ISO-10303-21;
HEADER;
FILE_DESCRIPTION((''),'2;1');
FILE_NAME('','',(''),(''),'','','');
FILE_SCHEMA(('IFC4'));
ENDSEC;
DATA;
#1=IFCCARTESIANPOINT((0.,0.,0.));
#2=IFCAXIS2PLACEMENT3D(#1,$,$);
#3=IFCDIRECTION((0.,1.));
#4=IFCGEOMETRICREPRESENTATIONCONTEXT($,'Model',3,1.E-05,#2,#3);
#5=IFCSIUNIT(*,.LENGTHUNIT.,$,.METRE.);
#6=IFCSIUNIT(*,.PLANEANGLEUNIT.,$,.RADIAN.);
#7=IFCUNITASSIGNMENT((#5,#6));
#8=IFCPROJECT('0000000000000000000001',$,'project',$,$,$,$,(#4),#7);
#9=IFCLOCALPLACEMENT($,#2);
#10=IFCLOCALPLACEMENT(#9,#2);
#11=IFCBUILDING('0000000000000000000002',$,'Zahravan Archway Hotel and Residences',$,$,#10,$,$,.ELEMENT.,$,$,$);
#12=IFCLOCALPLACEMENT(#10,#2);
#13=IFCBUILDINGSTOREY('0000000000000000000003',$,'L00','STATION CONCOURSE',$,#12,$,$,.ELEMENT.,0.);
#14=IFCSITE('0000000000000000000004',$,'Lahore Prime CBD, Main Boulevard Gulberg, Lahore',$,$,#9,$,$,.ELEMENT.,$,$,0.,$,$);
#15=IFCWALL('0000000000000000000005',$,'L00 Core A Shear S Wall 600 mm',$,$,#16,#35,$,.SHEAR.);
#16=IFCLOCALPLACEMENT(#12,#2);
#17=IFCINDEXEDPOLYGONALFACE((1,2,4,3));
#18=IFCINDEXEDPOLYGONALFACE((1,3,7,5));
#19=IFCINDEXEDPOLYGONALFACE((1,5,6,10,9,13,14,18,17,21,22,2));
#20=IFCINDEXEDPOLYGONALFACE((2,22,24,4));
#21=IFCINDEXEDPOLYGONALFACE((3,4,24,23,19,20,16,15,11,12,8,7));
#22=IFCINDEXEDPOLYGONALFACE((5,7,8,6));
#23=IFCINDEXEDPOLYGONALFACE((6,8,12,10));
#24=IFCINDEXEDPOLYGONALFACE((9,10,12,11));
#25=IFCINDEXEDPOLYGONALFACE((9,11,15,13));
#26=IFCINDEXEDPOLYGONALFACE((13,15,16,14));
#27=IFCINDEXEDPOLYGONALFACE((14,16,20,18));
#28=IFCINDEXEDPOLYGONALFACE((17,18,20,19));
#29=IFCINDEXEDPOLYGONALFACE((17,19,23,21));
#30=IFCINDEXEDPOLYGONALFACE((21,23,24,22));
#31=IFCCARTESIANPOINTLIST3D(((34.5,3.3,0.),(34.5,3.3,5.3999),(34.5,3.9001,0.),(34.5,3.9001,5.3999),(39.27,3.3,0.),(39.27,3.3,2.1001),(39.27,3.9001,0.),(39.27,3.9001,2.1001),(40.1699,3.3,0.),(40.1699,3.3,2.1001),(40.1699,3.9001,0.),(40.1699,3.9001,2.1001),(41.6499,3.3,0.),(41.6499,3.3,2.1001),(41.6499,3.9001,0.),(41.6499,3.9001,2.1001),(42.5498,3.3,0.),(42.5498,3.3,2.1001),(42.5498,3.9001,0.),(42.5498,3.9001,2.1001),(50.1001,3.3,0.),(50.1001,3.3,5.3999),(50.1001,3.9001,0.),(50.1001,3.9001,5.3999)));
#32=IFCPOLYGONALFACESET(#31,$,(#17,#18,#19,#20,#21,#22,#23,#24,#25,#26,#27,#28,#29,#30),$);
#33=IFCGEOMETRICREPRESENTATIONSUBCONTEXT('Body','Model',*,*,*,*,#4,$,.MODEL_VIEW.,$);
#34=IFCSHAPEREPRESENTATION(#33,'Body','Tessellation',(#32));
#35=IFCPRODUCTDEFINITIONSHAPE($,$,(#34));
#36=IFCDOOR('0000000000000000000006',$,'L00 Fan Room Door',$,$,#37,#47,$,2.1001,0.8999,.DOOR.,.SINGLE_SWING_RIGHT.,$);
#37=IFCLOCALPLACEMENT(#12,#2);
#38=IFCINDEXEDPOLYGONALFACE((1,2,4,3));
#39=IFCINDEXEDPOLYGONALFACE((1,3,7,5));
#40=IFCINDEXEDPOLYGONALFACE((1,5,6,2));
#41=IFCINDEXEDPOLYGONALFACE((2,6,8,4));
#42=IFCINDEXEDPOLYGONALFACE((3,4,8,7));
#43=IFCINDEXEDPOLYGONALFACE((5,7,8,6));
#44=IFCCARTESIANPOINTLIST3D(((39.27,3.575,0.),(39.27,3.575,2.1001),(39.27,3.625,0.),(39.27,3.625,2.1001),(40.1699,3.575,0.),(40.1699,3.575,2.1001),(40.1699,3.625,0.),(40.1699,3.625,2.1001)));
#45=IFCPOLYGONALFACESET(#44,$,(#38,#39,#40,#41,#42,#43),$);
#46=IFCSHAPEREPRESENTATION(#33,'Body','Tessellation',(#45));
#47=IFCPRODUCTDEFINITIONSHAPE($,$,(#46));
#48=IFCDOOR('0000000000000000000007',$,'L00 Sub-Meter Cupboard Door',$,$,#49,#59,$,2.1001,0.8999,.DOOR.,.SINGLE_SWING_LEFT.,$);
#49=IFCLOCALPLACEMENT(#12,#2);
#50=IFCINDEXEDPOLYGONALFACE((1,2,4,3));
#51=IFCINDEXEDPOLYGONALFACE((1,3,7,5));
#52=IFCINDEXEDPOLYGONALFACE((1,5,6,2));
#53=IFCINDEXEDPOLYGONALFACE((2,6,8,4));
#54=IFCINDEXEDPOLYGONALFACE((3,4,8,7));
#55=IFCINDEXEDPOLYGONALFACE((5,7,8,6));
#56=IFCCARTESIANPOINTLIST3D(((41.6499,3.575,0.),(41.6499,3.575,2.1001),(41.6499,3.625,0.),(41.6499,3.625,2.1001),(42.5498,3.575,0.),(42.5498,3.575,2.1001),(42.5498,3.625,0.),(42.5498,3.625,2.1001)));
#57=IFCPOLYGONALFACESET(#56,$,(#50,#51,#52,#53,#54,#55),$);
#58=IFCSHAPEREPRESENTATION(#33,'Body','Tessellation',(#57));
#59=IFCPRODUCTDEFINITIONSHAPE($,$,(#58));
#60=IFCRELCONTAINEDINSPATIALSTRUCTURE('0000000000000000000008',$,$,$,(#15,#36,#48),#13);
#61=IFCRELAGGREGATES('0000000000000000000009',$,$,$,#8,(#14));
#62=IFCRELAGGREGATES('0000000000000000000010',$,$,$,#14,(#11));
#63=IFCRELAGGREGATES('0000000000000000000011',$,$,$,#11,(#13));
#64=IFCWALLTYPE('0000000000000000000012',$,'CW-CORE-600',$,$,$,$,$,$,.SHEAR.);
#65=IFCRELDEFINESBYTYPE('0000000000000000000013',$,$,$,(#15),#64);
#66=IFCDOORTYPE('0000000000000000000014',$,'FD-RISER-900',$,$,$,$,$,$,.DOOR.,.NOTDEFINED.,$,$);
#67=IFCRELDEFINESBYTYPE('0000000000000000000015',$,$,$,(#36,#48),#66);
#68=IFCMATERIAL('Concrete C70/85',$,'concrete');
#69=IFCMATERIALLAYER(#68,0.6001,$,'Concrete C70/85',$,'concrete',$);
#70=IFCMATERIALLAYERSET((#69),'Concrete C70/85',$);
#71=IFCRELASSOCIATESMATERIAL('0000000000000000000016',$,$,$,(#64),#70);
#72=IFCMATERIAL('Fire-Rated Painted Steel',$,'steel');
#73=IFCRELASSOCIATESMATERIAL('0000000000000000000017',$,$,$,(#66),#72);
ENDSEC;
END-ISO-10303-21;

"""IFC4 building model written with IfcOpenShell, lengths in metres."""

from ifc_helpers import new_model, si_unit, direction, frame, frame_2d, origin, place, context, subcontext, project, spatial, rectangle, extrude, source, transform, mapped, material, layer, layer_set, type_object, type_shapes, element, fill, save


model = new_model("IFC4")

# Units and contexts
model_context = context("Model", 3, precision=1e-05, world=origin(), true_north=direction((0.0, 1.0)))
body_context = subcontext(model_context, "Body", "Model", "MODEL_VIEW")
ifc_project = project(units=[si_unit("LENGTHUNIT", "METRE"), si_unit("PLANEANGLEUNIT", "RADIAN")], contexts=[model_context])

# Site, building, storey
site_placement = place(None, origin())
site = spatial("IfcSite", under=ifc_project, at=site_placement, Name="Lahore Prime CBD, Main Boulevard Gulberg, Lahore", CompositionType="ELEMENT", RefElevation=0.0)
building_placement = place(site_placement, origin())
building = spatial("IfcBuilding", under=site, at=building_placement, Name="Zahravan Archway Hotel and Residences", CompositionType="ELEMENT")
storey_placement = place(building_placement, origin())
storey = spatial("IfcBuildingStorey", under=building, at=storey_placement, Name="L00", Description="STATION CONCOURSE", CompositionType="ELEMENT", Elevation=0.0)

# Shared definitions
ifc_material_1 = material(Name="Concrete C70/85", Category="concrete")

# Wall, openings, doors
ifc_layer_1 = layer(ifc_material_1, 0.6001, Name="Concrete C70/85", Category="concrete")
ifc_layer_set_1 = layer_set([ifc_layer_1], Name="Concrete C70/85")
wall_type_1 = type_object("IfcWallType", Name="CW-CORE-600", PredefinedType="SHEAR", material=ifc_layer_set_1)
wall_1_placement = place(storey_placement, frame((34.5, 3.6001, 0.0), z_axis=(0.0, 0.0, 1.0), x_axis=(1.0, 0.0, 0.0)))
wall_1 = element("IfcWall", 1, at=wall_1_placement, inside=storey, type_object=wall_type_1, Name="L00 Core A Shear S Wall 600 mm", PredefinedType="SHEAR", context=body_context, shape_type="SweptSolid", body=[
    extrude(rectangle(XDim=15.6001, YDim=0.6001, at=frame_2d((7.8, 0.0))), origin(), (0.0, 0.0, 1.0), 5.3999),
])
opening_1_placement = place(wall_1_placement, frame((4.77, 0.0, 0.0)))
opening_1 = element("IfcOpeningElement", 2, at=opening_1_placement, cuts=wall_1, PredefinedType="OPENING", context=body_context, shape_type="SweptSolid", body=[
    extrude(rectangle(XDim=0.8999, YDim=2.1001, at=frame_2d((0.45, 1.05))), frame((0.0, 0.3101, 0.0), z_axis=(0.0, -1.0, 0.0), x_axis=(1.0, 0.0, 0.0)), (0.0, 0.0, 1.0), 0.6201),
])
opening_2_placement = place(wall_1_placement, frame((7.1499, 0.0, 0.0)))
opening_2 = element("IfcOpeningElement", 3, at=opening_2_placement, cuts=wall_1, PredefinedType="OPENING", context=body_context, shape_type="SweptSolid", body=[
    extrude(rectangle(XDim=0.8999, YDim=2.1001, at=frame_2d((0.45, 1.05))), frame((0.0, 0.3101, 0.0), z_axis=(0.0, -1.0, 0.0), x_axis=(1.0, 0.0, 0.0)), (0.0, 0.0, 1.0), 0.6201),
])
ifc_material_2 = material(Name="Fire-Rated Painted Steel", Category="steel")
door_type_1 = type_object("IfcDoorType", Name="FD-RISER-900", OperationType="NOTDEFINED", PredefinedType="DOOR", material=ifc_material_2)
shared_shape_1 = source(origin(), body_context, "Body", "SweptSolid", [
    extrude(rectangle(XDim=0.8999, YDim=2.1001, at=frame_2d((0.45, 1.05))), frame((0.0, 0.0249, 0.0), z_axis=(0.0, -1.0, 0.0), x_axis=(1.0, 0.0, 0.0)), (0.0, 0.0, 1.0), 0.05),
])
type_shapes(door_type_1, [shared_shape_1])
door_1_placement = place(opening_1_placement, origin())
door_1 = element("IfcDoor", 4, at=door_1_placement, inside=storey, type_object=door_type_1, Name="L00 Fan Room Door", OperationType="SINGLE_SWING_RIGHT", OverallHeight=2.1001, OverallWidth=0.8999, PredefinedType="DOOR", context=body_context, shape_type="MappedRepresentation", body=[
    mapped(shared_shape_1, transform((0.0, 0.0, 0.0), scale=1.0)),
])
fill(opening_1, door_1)
door_2_placement = place(opening_2_placement, origin())
door_2 = element("IfcDoor", 5, at=door_2_placement, inside=storey, type_object=door_type_1, Name="L00 Sub-Meter Cupboard Door", OperationType="SINGLE_SWING_LEFT", OverallHeight=2.1001, OverallWidth=0.8999, PredefinedType="DOOR", context=body_context, shape_type="MappedRepresentation", body=[
    mapped(shared_shape_1, transform((0.0, 0.0, 0.0), scale=1.0)),
])
fill(opening_2, door_2)

save(model, "model.ifc")
